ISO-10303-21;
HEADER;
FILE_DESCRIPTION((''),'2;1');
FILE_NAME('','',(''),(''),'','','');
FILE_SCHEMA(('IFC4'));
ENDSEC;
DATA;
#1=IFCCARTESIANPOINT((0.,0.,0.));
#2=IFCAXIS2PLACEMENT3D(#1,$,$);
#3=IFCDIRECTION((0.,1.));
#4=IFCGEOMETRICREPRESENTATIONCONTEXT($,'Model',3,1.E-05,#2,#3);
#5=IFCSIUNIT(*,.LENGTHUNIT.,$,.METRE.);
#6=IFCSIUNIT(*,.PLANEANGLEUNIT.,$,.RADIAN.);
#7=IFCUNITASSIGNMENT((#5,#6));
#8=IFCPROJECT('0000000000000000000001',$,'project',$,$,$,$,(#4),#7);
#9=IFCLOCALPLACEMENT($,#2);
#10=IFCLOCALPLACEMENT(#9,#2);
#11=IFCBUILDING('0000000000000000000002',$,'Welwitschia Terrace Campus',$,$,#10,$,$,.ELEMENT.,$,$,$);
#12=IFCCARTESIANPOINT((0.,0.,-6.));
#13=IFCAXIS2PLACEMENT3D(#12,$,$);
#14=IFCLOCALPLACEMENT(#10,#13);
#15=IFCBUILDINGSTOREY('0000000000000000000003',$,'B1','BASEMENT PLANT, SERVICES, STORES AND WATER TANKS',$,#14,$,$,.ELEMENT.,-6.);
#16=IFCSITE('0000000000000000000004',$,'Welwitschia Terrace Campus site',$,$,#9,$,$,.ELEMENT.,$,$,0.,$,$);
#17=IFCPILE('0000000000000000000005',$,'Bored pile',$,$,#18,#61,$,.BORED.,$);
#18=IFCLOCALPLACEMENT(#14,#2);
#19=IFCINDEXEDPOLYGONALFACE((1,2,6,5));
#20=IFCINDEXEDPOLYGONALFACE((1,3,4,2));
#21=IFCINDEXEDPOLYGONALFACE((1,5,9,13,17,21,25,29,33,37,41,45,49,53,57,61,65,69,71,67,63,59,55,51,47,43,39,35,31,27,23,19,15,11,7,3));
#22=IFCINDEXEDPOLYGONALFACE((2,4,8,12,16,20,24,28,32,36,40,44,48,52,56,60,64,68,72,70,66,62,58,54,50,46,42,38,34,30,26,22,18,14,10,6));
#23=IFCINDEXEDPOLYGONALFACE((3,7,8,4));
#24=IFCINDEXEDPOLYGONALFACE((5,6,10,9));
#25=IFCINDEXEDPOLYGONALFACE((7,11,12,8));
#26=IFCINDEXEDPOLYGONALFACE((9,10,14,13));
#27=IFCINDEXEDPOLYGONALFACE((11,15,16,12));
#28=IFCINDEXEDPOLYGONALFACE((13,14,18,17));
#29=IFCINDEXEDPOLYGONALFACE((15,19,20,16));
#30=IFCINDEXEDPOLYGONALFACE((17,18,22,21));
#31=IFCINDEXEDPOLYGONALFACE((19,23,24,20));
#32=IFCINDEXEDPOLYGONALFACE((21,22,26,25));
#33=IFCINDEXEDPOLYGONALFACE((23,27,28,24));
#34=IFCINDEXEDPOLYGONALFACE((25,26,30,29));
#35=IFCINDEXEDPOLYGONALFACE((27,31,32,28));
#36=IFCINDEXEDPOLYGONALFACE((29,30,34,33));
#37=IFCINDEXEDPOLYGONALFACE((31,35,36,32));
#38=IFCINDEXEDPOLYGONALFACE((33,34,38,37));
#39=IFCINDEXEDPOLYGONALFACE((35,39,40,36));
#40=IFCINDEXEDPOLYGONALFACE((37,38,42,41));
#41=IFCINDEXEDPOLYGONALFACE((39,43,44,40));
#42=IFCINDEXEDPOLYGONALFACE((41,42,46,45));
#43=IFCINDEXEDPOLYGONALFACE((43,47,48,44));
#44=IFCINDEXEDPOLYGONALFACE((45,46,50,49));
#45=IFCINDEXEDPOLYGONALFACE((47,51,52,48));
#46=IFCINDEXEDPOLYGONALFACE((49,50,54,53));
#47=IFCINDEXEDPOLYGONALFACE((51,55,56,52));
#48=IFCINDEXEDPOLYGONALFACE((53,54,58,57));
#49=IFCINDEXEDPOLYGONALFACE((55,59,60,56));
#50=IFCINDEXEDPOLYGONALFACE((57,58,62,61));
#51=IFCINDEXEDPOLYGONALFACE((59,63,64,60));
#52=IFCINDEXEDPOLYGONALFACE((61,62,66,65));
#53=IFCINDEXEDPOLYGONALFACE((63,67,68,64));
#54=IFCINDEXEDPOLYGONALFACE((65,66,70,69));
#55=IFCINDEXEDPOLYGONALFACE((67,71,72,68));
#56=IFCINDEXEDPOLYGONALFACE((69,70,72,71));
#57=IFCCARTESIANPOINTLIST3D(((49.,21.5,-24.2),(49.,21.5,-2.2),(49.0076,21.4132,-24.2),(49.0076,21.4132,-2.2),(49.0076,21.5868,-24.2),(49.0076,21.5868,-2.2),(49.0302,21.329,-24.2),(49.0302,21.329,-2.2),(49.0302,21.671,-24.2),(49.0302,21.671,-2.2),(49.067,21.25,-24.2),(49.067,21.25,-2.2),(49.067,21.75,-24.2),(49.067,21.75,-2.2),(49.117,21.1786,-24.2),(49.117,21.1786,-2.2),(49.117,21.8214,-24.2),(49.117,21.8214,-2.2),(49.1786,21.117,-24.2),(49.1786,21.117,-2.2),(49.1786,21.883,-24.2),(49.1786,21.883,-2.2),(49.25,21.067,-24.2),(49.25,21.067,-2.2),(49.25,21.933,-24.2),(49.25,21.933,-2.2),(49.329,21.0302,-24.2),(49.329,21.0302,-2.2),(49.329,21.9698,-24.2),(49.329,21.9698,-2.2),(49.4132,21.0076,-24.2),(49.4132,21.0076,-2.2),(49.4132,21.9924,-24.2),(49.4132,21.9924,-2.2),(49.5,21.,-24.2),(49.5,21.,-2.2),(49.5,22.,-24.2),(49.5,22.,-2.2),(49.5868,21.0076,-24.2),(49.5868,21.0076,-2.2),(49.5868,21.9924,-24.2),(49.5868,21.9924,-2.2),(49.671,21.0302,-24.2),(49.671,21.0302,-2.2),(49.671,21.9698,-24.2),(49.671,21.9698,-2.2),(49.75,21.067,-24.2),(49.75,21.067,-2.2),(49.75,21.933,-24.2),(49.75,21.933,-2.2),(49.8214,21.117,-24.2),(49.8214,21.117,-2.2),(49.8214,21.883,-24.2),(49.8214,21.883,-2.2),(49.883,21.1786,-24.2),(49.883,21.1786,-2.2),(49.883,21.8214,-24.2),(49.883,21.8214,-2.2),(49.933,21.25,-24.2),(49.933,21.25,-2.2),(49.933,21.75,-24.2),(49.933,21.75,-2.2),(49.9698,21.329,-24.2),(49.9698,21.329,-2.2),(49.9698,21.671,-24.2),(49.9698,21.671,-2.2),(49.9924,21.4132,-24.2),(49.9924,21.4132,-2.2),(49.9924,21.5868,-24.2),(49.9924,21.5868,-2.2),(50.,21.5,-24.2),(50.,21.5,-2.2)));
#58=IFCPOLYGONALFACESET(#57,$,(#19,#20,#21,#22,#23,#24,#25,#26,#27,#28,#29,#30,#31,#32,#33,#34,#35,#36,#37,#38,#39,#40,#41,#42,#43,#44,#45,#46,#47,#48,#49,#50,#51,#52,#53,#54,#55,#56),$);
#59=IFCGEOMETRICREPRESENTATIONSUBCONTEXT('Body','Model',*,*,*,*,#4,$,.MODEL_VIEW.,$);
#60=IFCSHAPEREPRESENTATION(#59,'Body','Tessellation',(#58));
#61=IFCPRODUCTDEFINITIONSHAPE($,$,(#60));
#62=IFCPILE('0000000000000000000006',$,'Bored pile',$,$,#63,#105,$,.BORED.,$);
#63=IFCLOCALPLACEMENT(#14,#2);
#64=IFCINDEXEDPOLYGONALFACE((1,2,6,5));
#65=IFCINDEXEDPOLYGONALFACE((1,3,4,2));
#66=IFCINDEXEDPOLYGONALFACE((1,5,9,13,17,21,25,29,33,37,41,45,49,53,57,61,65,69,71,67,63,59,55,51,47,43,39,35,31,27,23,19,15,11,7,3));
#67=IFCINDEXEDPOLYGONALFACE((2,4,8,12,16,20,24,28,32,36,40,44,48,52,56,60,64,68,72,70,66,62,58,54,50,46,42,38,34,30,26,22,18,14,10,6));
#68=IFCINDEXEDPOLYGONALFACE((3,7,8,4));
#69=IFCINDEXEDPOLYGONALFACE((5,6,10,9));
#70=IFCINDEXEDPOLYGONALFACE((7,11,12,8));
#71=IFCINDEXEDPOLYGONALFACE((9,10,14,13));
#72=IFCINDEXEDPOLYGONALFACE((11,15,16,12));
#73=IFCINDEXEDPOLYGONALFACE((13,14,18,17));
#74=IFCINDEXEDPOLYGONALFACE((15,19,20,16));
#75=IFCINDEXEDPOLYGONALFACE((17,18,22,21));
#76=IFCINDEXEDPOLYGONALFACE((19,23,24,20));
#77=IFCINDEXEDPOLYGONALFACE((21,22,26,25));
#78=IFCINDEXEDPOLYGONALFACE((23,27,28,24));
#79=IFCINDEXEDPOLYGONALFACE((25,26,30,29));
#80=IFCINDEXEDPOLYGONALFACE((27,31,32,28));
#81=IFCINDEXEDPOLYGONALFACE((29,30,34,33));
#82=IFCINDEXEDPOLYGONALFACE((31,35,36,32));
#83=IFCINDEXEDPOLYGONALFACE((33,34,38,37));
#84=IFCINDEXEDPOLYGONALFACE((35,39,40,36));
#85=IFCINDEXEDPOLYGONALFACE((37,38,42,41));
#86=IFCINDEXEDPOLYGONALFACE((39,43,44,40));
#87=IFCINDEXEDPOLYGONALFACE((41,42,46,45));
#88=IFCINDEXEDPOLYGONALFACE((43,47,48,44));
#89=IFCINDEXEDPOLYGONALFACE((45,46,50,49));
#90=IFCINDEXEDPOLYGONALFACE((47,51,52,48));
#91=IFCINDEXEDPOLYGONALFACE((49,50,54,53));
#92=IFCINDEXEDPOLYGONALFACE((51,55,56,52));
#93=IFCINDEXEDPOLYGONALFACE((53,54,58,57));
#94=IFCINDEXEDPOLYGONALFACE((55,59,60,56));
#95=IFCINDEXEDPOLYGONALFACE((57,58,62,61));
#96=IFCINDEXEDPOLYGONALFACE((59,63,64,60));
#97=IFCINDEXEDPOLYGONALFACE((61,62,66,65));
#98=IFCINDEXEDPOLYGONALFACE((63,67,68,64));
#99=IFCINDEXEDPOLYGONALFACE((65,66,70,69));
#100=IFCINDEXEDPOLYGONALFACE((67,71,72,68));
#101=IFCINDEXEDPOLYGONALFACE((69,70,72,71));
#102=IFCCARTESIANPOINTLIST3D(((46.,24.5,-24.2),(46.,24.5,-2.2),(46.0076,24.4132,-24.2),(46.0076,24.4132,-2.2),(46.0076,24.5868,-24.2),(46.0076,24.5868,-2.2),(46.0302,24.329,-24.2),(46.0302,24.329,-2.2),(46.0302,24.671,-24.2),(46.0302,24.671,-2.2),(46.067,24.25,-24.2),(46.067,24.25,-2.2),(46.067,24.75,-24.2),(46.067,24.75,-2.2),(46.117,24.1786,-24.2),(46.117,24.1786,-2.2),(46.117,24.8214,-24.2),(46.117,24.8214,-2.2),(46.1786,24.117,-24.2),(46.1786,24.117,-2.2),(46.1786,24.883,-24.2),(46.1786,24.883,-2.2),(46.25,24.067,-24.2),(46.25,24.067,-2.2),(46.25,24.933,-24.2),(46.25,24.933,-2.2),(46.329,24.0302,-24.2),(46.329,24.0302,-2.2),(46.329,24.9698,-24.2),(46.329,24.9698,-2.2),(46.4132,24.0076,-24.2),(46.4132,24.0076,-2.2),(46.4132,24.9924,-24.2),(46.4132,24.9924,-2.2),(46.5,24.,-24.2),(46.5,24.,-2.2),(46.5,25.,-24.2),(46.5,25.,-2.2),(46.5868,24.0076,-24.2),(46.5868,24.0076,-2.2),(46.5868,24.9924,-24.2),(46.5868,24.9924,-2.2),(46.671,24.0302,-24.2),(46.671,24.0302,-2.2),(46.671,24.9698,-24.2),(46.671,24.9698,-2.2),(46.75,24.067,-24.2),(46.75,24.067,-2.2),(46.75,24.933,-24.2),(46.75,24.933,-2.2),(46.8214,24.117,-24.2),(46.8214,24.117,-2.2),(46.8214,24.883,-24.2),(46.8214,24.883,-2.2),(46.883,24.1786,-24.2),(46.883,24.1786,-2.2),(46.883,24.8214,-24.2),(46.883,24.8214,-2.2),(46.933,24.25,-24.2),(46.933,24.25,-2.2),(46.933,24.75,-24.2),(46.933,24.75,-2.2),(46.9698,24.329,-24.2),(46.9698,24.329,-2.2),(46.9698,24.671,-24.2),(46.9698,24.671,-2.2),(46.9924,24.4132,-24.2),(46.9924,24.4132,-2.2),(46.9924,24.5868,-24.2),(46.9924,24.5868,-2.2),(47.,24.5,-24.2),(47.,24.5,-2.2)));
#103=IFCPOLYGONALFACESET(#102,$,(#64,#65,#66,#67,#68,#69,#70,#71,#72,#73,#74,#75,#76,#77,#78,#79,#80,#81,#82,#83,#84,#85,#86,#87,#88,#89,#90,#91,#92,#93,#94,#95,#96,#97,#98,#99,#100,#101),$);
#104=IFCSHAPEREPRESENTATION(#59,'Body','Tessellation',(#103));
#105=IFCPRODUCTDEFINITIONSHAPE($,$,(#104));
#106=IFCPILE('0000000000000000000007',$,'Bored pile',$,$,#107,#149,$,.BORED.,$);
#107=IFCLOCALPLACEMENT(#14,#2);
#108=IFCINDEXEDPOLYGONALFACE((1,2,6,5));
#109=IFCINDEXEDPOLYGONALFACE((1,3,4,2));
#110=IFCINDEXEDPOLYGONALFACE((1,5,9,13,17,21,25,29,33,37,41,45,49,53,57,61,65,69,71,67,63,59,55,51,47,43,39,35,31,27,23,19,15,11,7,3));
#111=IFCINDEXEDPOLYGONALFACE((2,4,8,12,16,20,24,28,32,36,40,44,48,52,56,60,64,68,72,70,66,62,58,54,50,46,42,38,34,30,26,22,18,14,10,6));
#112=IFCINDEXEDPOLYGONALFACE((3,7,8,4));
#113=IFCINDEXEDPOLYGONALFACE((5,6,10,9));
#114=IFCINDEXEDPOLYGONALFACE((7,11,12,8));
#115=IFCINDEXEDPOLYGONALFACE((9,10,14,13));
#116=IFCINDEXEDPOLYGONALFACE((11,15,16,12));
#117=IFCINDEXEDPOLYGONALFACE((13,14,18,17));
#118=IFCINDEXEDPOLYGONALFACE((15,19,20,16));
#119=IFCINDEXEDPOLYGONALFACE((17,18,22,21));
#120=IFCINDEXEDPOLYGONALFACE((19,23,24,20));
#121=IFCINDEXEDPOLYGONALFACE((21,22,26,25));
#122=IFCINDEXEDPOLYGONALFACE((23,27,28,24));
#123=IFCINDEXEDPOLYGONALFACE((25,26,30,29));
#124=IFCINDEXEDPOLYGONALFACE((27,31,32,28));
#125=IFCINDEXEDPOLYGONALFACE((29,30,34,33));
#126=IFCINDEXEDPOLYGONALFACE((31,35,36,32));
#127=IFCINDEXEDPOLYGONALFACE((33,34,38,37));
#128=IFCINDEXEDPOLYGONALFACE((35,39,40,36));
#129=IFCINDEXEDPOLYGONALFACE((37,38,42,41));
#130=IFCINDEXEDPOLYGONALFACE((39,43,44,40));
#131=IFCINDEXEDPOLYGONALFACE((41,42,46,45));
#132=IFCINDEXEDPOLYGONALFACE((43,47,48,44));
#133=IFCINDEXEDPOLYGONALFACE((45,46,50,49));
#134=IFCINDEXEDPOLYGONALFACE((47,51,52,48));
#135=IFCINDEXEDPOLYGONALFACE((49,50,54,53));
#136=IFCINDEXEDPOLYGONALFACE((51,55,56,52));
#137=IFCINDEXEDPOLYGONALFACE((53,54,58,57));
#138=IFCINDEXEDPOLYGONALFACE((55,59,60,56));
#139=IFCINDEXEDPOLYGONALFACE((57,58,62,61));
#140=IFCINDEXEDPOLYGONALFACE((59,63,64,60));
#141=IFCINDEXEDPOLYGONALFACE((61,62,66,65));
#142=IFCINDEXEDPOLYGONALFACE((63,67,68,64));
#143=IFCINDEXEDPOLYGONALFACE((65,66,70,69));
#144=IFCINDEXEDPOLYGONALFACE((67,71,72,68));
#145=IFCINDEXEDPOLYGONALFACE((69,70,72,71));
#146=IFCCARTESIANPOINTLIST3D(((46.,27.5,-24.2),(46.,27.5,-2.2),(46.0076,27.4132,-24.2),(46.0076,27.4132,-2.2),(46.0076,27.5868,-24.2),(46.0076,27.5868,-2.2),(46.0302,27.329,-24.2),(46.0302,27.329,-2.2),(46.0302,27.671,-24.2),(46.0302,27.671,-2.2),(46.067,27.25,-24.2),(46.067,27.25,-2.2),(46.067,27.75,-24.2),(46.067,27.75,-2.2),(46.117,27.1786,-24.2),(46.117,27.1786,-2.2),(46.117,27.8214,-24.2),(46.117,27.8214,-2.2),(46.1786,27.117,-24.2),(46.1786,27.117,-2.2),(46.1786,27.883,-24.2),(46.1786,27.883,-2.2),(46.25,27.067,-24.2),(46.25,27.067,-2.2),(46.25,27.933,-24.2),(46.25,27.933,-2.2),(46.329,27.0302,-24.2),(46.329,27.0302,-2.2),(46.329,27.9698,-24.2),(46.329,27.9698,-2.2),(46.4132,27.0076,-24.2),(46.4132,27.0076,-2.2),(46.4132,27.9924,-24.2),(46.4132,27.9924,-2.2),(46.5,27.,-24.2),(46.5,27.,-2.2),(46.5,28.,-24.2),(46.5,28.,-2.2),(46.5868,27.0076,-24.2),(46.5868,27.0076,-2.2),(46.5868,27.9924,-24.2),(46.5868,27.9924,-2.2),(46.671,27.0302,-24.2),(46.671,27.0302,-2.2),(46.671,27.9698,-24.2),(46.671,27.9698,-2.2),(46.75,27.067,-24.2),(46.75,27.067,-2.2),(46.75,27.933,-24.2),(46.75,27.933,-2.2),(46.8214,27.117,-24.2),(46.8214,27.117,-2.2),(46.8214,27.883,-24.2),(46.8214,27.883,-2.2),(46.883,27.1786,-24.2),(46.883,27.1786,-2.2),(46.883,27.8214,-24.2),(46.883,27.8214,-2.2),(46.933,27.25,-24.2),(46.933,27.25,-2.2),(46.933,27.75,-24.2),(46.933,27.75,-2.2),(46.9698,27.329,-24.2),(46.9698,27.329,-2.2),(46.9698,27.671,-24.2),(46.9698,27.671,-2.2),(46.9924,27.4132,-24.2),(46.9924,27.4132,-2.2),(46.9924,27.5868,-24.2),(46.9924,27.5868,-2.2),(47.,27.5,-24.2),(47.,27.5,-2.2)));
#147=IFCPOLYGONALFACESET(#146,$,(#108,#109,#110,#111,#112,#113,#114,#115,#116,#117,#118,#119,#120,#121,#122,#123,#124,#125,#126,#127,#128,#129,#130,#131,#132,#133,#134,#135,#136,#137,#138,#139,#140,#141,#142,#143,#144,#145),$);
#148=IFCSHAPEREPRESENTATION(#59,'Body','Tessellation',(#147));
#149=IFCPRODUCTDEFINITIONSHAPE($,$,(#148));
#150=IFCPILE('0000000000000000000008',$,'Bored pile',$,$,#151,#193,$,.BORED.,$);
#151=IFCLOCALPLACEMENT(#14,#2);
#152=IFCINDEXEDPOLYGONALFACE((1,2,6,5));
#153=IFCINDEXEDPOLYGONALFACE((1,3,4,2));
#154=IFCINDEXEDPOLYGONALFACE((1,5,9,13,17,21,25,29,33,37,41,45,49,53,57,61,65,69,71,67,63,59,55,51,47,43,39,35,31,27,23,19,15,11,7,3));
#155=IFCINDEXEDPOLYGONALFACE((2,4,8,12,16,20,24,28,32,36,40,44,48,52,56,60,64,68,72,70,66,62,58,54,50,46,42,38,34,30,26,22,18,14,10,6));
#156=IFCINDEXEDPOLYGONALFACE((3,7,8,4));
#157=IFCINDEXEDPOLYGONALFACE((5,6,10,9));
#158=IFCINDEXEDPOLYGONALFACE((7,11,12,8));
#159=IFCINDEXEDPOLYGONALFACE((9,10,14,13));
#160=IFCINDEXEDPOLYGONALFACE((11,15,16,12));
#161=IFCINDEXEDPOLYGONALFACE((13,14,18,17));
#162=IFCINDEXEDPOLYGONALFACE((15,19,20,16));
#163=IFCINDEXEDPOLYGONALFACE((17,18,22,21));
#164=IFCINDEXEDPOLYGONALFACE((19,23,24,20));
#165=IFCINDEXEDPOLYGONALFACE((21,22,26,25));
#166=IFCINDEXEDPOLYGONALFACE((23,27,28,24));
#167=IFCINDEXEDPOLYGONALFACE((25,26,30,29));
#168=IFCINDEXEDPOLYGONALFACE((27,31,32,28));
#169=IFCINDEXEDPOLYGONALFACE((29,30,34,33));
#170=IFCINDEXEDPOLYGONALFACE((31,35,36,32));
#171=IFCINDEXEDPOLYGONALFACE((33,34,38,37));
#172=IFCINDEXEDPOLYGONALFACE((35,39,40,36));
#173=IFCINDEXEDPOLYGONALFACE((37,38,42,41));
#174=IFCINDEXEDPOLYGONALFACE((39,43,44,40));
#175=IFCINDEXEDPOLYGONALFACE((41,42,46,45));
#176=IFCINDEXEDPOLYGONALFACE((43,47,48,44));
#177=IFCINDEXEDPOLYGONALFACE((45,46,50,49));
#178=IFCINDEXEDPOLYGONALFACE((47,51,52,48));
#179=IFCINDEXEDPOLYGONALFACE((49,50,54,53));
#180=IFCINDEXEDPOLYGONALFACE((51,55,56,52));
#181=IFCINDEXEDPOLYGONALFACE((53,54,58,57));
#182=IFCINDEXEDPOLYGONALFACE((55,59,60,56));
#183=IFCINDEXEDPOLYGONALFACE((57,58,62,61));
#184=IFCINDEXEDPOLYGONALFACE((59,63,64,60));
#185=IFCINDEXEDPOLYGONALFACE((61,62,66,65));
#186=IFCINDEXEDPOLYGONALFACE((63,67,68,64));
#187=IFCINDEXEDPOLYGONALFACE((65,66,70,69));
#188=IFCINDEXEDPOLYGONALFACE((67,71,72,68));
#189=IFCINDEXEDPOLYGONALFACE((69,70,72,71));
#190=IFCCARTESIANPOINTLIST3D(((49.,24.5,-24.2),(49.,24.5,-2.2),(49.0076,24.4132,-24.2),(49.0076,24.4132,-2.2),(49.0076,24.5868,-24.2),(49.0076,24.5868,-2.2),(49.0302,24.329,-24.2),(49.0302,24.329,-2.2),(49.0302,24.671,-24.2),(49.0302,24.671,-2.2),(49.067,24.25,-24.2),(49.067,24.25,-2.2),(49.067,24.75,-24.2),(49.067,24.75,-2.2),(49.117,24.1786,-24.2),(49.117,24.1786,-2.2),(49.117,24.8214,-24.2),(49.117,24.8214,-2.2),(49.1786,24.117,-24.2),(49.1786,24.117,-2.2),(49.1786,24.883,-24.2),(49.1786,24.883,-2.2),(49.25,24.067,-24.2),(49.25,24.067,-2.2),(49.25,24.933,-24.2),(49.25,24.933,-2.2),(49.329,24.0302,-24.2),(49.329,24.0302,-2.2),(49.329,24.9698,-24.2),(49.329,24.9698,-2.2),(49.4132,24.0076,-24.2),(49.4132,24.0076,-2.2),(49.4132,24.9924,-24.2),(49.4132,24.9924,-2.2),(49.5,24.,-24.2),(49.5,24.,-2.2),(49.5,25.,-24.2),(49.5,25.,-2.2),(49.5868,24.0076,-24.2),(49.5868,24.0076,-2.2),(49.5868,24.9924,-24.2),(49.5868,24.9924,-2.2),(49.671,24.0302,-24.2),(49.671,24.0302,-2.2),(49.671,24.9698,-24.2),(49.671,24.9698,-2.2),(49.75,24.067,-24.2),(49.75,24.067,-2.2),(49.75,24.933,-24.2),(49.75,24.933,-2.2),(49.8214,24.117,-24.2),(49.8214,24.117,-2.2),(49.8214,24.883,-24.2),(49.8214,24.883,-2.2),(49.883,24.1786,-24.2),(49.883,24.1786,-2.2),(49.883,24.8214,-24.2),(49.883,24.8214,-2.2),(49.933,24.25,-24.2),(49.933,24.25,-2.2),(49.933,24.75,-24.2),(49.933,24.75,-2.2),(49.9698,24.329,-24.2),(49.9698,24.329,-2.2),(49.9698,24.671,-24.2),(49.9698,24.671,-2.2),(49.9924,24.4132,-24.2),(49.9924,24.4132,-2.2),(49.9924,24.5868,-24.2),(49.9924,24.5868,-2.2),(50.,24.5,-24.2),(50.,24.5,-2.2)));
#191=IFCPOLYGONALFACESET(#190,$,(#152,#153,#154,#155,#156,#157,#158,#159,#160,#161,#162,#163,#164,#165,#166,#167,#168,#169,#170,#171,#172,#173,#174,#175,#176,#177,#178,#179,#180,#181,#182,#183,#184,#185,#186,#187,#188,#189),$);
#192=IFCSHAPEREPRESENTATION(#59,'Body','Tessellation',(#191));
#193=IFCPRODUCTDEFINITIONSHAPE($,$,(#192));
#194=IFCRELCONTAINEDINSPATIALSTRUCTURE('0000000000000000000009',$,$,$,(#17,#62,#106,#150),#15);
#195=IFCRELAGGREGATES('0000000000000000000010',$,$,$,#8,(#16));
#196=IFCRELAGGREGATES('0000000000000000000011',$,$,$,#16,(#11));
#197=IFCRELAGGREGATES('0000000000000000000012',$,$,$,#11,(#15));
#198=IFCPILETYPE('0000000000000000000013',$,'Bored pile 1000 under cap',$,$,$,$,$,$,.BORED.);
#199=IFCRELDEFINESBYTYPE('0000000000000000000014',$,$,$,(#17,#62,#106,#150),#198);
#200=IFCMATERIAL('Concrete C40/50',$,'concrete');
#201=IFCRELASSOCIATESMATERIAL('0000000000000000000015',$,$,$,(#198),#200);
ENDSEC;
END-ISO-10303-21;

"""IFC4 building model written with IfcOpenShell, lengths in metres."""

from ifc_helpers import new_model, si_unit, direction, frame, origin, origin_2d, place, context, subcontext, project, spatial, circle, extrude, material, type_object, element, save


model = new_model("IFC4")

# Units and contexts
model_context = context("Model", 3, precision=1e-05, world=origin(), true_north=direction((0.0, 1.0)))
body_context = subcontext(model_context, "Body", "Model", "MODEL_VIEW")
ifc_project = project(units=[si_unit("LENGTHUNIT", "METRE"), si_unit("PLANEANGLEUNIT", "RADIAN")], contexts=[model_context])

# Site, building, storey
site_placement = place(None, origin())
site = spatial("IfcSite", under=ifc_project, at=site_placement, Name="Welwitschia Terrace Campus site", CompositionType="ELEMENT", RefElevation=0.0)
building_placement = place(site_placement, origin())
building = spatial("IfcBuilding", under=site, at=building_placement, Name="Welwitschia Terrace Campus", CompositionType="ELEMENT")
storey_placement = place(building_placement, frame((0.0, 0.0, -6.0)))
storey = spatial("IfcBuildingStorey", under=building, at=storey_placement, Name="B1", Description="BASEMENT PLANT, SERVICES, STORES AND WATER TANKS", CompositionType="ELEMENT", Elevation=-6.0)

# Piles
ifc_material_1 = material(Name="Concrete C40/50", Category="concrete")
pile_type = type_object("IfcPileType", Name="Bored pile 1000 under cap", PredefinedType="BORED", material=ifc_material_1)
for number, where, z_axis, x_axis, name in (
    (1, (49.5, 21.5, -2.2), (0.0, 0.0, -1.0), (1.0, 0.0, 0.0), "Bored pile"),
    (2, (46.5, 24.5, -2.2), (0.0, 0.0, -1.0), (1.0, 0.0, 0.0), "Bored pile"),
    (3, (46.5, 27.5, -2.2), (0.0, 0.0, -1.0), (1.0, 0.0, 0.0), "Bored pile"),
    (4, (49.5, 24.5, -2.2), (0.0, 0.0, -1.0), (1.0, 0.0, 0.0), "Bored pile"),
):
    element("IfcPile", number, at=place(storey_placement, frame(where, z_axis=z_axis, x_axis=x_axis)), inside=storey, type_object=pile_type, Name=name, PredefinedType="BORED", context=body_context, shape_type="SweptSolid", body=[
        extrude(circle(Radius=0.5, at=origin_2d()), origin(), (0.0, 0.0, 1.0), 22.0),
    ])

save(model, "model.ifc")
